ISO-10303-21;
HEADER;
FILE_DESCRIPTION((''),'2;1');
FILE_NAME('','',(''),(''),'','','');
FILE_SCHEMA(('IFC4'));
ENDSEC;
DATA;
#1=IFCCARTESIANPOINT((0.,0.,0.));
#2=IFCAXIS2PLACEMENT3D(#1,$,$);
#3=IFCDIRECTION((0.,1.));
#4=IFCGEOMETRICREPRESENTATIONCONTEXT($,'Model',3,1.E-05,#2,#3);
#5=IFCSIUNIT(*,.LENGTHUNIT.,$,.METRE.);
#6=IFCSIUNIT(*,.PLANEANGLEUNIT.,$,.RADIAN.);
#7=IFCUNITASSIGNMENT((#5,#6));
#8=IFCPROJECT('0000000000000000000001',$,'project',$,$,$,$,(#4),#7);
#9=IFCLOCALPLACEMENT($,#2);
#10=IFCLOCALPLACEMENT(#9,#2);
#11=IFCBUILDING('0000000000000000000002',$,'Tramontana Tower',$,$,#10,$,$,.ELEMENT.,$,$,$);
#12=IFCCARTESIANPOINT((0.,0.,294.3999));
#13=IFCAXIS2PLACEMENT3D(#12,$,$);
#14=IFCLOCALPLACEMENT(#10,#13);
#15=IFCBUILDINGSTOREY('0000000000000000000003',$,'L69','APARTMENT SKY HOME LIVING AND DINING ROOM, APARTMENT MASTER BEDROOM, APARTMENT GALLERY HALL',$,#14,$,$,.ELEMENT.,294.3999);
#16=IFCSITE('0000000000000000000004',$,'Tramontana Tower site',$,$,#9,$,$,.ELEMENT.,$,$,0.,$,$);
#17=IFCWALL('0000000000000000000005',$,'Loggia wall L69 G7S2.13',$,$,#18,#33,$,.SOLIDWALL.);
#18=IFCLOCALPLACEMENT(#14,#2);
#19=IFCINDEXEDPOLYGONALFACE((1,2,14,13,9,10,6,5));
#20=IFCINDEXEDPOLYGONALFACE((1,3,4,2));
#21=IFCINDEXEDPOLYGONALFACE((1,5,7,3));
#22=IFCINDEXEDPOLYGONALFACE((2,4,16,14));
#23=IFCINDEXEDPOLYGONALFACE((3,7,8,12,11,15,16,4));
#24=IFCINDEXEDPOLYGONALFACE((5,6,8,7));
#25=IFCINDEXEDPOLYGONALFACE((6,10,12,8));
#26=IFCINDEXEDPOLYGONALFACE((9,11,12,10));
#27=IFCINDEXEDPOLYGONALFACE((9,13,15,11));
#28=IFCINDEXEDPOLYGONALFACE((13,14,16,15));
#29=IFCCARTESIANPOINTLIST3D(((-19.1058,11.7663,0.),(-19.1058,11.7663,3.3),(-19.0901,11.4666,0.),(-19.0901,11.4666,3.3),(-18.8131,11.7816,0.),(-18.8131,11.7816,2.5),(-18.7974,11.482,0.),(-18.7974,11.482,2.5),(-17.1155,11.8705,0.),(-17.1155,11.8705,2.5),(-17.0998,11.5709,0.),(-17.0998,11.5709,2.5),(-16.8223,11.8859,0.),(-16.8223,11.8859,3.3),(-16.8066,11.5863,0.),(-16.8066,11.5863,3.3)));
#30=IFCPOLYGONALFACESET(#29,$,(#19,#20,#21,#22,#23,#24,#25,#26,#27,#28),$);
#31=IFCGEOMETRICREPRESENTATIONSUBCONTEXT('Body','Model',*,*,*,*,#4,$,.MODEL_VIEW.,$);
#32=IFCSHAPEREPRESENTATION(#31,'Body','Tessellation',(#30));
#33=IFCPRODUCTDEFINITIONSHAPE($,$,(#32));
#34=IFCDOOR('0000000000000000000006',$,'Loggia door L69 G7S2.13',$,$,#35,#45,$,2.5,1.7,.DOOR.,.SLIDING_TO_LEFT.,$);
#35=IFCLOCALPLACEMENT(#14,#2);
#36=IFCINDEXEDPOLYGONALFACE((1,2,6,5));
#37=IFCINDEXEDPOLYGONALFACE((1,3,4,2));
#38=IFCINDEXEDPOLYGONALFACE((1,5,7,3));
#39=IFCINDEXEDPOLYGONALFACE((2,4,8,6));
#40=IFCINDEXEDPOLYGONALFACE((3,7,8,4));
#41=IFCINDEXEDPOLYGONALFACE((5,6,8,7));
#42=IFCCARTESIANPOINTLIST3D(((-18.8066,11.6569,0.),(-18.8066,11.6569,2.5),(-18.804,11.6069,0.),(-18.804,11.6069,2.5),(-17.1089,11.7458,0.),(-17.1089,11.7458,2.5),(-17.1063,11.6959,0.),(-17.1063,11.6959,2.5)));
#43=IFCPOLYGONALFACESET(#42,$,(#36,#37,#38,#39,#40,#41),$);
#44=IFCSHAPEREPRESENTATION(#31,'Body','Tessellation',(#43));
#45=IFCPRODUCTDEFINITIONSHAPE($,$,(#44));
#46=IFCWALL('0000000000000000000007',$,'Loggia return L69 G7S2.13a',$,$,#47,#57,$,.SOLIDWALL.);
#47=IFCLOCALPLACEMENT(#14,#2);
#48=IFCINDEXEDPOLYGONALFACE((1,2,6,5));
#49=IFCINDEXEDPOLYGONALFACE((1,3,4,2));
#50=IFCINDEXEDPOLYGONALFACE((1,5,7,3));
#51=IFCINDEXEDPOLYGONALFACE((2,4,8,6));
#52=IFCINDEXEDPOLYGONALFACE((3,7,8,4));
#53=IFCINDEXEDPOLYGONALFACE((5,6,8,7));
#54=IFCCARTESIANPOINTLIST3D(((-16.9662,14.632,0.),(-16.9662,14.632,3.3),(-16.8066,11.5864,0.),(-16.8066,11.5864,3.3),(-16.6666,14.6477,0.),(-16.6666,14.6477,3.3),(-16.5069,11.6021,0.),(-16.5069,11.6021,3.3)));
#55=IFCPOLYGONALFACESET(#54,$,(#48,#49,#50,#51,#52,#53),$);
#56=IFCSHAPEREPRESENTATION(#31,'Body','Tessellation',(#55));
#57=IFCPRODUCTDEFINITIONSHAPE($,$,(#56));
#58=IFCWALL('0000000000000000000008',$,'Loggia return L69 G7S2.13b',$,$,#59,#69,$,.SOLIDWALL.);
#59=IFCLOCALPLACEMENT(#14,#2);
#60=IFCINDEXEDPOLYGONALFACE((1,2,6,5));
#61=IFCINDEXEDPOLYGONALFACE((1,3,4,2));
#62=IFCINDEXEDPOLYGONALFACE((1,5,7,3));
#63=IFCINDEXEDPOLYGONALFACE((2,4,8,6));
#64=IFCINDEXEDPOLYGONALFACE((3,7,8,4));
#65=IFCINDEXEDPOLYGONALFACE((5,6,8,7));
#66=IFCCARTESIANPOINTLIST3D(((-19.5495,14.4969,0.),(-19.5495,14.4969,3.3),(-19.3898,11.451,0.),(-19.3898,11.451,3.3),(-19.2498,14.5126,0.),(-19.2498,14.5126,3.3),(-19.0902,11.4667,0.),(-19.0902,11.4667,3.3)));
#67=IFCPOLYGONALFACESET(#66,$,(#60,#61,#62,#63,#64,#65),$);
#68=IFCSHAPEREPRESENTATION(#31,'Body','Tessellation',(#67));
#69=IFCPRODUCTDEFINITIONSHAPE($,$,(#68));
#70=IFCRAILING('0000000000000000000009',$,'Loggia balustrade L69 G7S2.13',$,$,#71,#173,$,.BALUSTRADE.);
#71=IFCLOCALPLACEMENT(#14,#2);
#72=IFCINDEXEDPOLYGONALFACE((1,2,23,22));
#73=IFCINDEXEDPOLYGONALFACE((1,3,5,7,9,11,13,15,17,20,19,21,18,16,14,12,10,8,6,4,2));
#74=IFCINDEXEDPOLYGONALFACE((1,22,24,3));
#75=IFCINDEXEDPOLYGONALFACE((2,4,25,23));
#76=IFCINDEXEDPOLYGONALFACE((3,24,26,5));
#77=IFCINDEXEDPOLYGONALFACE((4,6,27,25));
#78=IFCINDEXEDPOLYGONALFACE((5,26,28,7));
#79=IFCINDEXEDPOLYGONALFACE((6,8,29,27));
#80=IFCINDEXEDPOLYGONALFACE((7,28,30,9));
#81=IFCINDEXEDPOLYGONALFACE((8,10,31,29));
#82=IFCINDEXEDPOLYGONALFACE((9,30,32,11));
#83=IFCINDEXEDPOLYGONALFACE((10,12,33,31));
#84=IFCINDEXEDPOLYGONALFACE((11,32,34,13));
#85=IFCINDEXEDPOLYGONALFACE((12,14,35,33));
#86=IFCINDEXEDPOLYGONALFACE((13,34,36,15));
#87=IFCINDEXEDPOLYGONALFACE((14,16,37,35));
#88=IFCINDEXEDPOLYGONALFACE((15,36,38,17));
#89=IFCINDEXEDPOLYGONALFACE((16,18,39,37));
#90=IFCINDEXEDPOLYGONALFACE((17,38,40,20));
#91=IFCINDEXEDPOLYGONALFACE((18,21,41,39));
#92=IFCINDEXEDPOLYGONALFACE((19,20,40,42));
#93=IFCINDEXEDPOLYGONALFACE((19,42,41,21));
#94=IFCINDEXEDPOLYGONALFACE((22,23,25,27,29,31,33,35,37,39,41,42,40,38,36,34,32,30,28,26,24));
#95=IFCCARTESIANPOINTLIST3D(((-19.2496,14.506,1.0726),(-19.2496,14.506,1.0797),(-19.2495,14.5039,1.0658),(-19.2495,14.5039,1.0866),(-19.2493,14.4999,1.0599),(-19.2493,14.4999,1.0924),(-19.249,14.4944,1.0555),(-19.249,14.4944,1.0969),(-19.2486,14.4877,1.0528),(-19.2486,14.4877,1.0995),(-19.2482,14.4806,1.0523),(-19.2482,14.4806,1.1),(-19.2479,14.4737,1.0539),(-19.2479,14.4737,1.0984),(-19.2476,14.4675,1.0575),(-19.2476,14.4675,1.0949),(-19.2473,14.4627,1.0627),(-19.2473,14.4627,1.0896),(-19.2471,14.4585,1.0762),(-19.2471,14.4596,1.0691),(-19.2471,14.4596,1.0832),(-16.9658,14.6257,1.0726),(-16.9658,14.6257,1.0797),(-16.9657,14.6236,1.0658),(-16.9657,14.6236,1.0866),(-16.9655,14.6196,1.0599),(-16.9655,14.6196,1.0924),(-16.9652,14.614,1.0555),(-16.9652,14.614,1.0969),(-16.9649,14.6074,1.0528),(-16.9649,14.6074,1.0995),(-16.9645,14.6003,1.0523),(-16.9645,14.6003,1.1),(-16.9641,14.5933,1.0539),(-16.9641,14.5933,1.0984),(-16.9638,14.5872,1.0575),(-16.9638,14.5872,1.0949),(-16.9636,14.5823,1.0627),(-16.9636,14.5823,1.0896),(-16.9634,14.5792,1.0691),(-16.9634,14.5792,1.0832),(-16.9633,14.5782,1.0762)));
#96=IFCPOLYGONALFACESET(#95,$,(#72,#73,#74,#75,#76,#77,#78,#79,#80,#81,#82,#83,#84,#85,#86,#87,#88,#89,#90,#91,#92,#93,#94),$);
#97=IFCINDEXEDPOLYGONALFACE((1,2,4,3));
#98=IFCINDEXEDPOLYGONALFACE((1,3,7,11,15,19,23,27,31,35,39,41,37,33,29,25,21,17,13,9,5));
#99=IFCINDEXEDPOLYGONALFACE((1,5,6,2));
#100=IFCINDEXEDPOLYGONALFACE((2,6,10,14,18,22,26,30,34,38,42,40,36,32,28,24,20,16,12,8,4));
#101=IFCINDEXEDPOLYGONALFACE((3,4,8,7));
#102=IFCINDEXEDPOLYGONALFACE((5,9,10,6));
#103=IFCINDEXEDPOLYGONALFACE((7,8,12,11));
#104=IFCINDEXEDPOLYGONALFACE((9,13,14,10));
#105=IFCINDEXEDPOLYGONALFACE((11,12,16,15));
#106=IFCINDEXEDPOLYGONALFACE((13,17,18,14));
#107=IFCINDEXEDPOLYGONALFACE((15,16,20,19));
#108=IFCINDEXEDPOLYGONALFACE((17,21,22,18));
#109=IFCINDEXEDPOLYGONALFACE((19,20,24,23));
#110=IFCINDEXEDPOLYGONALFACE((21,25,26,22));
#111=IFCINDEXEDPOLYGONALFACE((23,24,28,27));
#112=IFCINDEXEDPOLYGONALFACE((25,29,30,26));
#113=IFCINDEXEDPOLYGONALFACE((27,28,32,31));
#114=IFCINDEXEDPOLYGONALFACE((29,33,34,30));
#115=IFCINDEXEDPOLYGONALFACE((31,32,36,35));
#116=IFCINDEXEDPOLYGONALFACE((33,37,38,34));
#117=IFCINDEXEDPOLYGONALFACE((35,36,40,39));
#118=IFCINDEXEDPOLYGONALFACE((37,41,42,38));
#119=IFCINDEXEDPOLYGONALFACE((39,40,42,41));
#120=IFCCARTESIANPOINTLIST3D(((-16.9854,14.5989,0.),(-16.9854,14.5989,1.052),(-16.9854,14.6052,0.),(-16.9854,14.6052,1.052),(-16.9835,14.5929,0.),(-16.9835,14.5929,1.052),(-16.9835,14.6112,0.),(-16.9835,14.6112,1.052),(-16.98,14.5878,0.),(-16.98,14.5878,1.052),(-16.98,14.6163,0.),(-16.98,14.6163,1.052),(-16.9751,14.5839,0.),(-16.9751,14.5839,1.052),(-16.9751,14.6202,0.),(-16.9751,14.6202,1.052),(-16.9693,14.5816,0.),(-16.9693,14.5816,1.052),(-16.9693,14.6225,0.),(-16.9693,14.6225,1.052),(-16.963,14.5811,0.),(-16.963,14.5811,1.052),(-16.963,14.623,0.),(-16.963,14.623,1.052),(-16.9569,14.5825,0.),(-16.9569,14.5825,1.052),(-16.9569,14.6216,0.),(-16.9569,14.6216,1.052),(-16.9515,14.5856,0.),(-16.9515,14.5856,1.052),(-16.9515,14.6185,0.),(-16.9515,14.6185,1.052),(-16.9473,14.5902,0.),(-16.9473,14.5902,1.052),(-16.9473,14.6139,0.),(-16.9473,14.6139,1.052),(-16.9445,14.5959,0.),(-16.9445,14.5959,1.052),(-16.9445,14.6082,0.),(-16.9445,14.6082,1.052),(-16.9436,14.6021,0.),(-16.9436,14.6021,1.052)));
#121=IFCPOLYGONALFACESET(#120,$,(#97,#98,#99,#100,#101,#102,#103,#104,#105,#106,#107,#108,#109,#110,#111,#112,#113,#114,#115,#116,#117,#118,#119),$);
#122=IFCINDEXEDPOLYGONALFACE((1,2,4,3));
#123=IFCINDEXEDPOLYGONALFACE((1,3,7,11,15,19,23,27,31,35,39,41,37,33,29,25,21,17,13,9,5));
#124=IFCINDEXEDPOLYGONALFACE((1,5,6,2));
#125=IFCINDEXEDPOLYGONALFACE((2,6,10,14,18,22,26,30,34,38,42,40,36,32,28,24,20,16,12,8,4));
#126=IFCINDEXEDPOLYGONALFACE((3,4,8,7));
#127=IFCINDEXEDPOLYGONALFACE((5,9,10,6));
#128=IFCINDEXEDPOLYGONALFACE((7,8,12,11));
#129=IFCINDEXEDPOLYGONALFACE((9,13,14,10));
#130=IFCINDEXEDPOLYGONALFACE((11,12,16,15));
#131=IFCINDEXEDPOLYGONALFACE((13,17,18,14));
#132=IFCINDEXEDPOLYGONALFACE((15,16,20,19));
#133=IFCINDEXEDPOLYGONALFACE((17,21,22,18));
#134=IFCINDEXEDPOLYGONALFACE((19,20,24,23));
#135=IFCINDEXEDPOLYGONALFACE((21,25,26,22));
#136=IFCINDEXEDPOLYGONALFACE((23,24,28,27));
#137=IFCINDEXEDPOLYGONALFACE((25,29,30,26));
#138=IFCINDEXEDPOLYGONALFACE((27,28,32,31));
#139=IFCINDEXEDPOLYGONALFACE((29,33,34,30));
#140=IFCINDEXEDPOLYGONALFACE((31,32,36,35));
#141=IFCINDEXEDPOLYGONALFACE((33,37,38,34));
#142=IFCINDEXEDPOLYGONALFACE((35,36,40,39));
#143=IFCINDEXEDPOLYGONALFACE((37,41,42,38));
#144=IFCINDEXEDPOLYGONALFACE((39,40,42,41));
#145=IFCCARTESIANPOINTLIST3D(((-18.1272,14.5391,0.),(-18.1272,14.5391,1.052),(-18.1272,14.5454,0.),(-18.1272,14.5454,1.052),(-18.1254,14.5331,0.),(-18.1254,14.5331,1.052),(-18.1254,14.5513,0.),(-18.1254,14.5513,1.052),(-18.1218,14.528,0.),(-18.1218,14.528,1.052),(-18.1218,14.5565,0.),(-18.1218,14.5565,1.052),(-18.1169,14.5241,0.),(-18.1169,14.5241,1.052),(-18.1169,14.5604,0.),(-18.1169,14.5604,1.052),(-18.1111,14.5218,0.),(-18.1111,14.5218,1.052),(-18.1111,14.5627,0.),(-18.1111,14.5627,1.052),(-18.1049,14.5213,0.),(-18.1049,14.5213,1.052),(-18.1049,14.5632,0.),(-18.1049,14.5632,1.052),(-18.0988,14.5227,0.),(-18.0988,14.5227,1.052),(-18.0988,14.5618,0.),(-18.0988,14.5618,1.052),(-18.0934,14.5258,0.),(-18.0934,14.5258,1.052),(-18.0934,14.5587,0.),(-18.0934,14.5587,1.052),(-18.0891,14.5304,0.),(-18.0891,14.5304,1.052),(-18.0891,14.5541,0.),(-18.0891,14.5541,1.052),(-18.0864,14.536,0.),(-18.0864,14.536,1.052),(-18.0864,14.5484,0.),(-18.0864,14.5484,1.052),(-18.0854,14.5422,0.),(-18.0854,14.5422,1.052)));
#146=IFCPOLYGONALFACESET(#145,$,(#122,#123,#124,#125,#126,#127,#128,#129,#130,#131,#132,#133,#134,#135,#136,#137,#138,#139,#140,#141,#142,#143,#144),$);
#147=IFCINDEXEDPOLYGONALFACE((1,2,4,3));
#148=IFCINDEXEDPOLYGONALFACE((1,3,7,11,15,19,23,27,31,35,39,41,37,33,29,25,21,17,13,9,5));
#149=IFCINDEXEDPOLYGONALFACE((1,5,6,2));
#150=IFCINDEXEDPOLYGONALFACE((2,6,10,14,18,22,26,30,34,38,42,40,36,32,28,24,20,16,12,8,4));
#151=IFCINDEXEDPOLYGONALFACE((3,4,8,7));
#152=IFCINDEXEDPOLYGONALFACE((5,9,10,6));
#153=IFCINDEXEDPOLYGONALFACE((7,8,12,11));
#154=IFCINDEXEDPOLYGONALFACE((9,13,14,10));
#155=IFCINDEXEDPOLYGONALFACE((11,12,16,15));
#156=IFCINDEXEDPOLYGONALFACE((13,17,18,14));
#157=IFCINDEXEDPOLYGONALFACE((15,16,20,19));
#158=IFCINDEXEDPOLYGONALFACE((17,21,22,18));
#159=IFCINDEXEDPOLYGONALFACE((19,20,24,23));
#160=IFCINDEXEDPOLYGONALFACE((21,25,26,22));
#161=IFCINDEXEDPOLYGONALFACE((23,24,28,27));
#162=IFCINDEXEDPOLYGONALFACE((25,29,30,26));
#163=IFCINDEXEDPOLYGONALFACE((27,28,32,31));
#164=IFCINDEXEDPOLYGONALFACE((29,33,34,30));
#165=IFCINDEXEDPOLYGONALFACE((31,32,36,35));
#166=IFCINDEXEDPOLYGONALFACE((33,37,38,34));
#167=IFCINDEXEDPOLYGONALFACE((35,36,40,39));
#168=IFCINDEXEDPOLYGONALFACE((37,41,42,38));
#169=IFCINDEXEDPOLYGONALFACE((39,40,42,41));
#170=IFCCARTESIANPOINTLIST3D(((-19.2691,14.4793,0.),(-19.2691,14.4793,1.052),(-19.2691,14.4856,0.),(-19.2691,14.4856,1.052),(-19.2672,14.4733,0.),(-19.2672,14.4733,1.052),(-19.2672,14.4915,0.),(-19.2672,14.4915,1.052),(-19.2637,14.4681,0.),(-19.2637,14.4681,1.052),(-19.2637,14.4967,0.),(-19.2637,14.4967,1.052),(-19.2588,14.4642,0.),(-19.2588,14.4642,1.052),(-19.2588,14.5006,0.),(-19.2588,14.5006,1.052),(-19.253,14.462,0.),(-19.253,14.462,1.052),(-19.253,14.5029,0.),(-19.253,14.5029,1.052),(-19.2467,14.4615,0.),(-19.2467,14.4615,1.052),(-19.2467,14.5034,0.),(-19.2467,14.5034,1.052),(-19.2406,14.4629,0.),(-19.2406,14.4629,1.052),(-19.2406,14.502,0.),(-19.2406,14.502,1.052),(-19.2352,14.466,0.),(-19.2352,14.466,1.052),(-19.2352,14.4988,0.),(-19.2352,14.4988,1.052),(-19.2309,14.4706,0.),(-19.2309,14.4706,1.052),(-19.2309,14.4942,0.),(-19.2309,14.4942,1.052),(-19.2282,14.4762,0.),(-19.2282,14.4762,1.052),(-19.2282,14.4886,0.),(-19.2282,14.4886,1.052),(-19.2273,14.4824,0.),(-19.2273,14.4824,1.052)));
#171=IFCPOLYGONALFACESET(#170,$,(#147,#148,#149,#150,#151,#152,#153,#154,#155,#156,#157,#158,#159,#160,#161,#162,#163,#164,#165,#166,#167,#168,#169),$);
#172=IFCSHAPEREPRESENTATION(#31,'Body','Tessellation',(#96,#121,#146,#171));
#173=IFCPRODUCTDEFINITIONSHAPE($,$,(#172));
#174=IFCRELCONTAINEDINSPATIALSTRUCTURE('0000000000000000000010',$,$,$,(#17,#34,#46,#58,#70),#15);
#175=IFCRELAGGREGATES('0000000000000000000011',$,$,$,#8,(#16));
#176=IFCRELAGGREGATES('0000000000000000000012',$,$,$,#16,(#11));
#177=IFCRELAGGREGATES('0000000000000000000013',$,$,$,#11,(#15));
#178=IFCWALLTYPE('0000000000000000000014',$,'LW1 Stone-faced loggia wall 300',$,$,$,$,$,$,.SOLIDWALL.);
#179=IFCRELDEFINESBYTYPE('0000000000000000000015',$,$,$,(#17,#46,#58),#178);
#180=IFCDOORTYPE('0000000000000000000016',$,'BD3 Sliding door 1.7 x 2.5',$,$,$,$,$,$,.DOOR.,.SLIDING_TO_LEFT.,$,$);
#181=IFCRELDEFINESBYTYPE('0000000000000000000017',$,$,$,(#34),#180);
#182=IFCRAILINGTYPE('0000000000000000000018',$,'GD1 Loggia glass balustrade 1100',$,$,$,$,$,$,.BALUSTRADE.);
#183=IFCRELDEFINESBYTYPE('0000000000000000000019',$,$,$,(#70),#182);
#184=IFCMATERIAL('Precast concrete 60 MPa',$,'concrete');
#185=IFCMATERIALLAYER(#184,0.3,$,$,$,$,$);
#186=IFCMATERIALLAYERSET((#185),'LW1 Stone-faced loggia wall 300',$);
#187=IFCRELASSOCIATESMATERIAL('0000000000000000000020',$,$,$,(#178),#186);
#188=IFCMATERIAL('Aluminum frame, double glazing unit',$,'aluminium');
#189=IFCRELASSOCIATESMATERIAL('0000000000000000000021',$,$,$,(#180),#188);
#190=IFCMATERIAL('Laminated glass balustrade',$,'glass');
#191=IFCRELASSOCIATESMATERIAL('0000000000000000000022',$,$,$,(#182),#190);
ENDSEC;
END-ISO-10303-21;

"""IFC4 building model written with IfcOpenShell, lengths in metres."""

from ifc_helpers import new_model, si_unit, direction, frame, frame_2d, origin, origin_2d, place, context, subcontext, project, spatial, rectangle, circle, extrude, material, layer, layer_set, type_object, element, fill, save


model = new_model("IFC4")

# Units and contexts
model_context = context("Model", 3, precision=1e-05, world=origin(), true_north=direction((0.0, 1.0)))
body_context = subcontext(model_context, "Body", "Model", "MODEL_VIEW")
ifc_project = project(units=[si_unit("LENGTHUNIT", "METRE"), si_unit("PLANEANGLEUNIT", "RADIAN")], contexts=[model_context])

# Site, building, storey
site_placement = place(None, origin())
site = spatial("IfcSite", under=ifc_project, at=site_placement, Name="Tramontana Tower site", CompositionType="ELEMENT", RefElevation=0.0)
building_placement = place(site_placement, origin())
building = spatial("IfcBuilding", under=site, at=building_placement, Name="Tramontana Tower", CompositionType="ELEMENT")
storey_placement = place(building_placement, frame((0.0, 0.0, 294.3999)))
storey = spatial("IfcBuildingStorey", under=building, at=storey_placement, Name="L69", Description="APARTMENT SKY HOME LIVING AND DINING ROOM, APARTMENT MASTER BEDROOM, APARTMENT GALLERY HALL", CompositionType="ELEMENT", Elevation=294.3999)

# Wall, opening, door
ifc_material_1 = material(Name="Precast concrete 60 MPa", Category="concrete")
ifc_layer_1 = layer(ifc_material_1, 0.3)
ifc_layer_set_1 = layer_set([ifc_layer_1], Name="LW1 Stone-faced loggia wall 300")
wall_type_1 = type_object("IfcWallType", Name="LW1 Stone-faced loggia wall 300", PredefinedType="SOLIDWALL", material=ifc_layer_set_1)
wall_1_placement = place(storey_placement, frame((-16.8145, 11.7361, 0.0), z_axis=(0.0, 0.0, 1.0), x_axis=(-0.99863, -0.052318, 0.0)))
wall_1 = element("IfcWall", 1, at=wall_1_placement, inside=storey, type_object=wall_type_1, Name="Loggia wall L69 G7S2.13", PredefinedType="SOLIDWALL", context=body_context, shape_type="SweptSolid", body=[
    extrude(rectangle(XDim=2.2866, YDim=0.3, at=frame_2d((1.1433, 0.0))), origin(), (0.0, 0.0, 1.0), 3.3),
])
opening_1_placement = place(wall_1_placement, frame((0.2935, 0.0, 0.0)))
opening_1 = element("IfcOpeningElement", 2, at=opening_1_placement, cuts=wall_1, PredefinedType="OPENING", context=body_context, shape_type="SweptSolid", body=[
    extrude(rectangle(XDim=1.7, YDim=2.5, at=frame_2d((0.8501, 1.25))), frame((0.0, 0.1599, 0.0), z_axis=(0.0, -1.0, 0.0), x_axis=(1.0, 0.0, 0.0)), (0.0, 0.0, 1.0), 0.3201),
])
ifc_material_2 = material(Name="Aluminum frame, double glazing unit", Category="aluminium")
door_type_1 = type_object("IfcDoorType", Name="BD3 Sliding door 1.7 x 2.5", OperationType="SLIDING_TO_LEFT", PredefinedType="DOOR", material=ifc_material_2)
door_1_placement = place(opening_1_placement, origin())
door_1 = element("IfcDoor", 3, at=door_1_placement, inside=storey, type_object=door_type_1, Name="Loggia door L69 G7S2.13", OperationType="SLIDING_TO_LEFT", OverallHeight=2.5, OverallWidth=1.7, PredefinedType="DOOR", context=body_context, shape_type="SweptSolid", body=[
    extrude(rectangle(XDim=1.7, YDim=2.5, at=frame_2d((0.8501, 1.25))), frame((0.0, 0.0249, 0.0), z_axis=(0.0, -1.0, 0.0), x_axis=(1.0, 0.0, 0.0)), (0.0, 0.0, 1.0), 0.05),
])
fill(opening_1, door_1)

# Walls
wall_2_placement = place(storey_placement, frame((-16.8164, 14.6399, 0.0), z_axis=(0.0, 0.0, 1.0), x_axis=(0.052353, -0.998629, 0.0)))
element("IfcWall", 4, at=wall_2_placement, inside=storey, type_object=wall_type_1, Name="Loggia return L69 G7S2.13a", PredefinedType="SOLIDWALL", context=body_context, shape_type="SweptSolid", body=[
    extrude(rectangle(XDim=3.0498, YDim=0.3, at=frame_2d((1.5249, 0.0))), origin(), (0.0, 0.0, 1.0), 3.3),
])
wall_3_placement = place(storey_placement, frame((-19.3997, 14.5046, 0.0), z_axis=(0.0, 0.0, 1.0), x_axis=(0.052349, -0.998629, 0.0)))
element("IfcWall", 5, at=wall_3_placement, inside=storey, type_object=wall_type_1, Name="Loggia return L69 G7S2.13b", PredefinedType="SOLIDWALL", context=body_context, shape_type="SweptSolid", body=[
    extrude(rectangle(XDim=3.05, YDim=0.3, at=frame_2d((1.5249, 0.0))), origin(), (0.0, 0.0, 1.0), 3.3),
])

# Railing
ifc_material_3 = material(Name="Laminated glass balustrade", Category="glass")
railing_type = type_object("IfcRailingType", Name="GD1 Loggia glass balustrade 1100", PredefinedType="BALUSTRADE", material=ifc_material_3)
railing_1_placement = place(storey_placement, frame((-16.9646, 14.6021, 0.0)))
element("IfcRailing", 6, at=railing_1_placement, inside=storey, type_object=railing_type, Name="Loggia balustrade L69 G7S2.13", PredefinedType="BALUSTRADE", context=body_context, shape_type="SweptSolid", body=[
    extrude(circle(Radius=0.0239, at=origin_2d()), frame((0.0, 0.0, 1.0762), z_axis=(-0.998631, -0.052312, 0.0), x_axis=(0.052312, -0.998631, 0.0)), (0.0, 0.0, 1.0), 2.2869),
    extrude(circle(Radius=0.021, at=origin_2d()), origin(), (0.0, 0.0, 1.0), 1.052),
    extrude(circle(Radius=0.021, at=origin_2d()), frame((-1.1418, -0.0598, 0.0)), (0.0, 0.0, 1.0), 1.052),
    extrude(circle(Radius=0.021, at=origin_2d()), frame((-2.2837, -0.1196, 0.0)), (0.0, 0.0, 1.0), 1.052),
])

save(model, "model.ifc")
